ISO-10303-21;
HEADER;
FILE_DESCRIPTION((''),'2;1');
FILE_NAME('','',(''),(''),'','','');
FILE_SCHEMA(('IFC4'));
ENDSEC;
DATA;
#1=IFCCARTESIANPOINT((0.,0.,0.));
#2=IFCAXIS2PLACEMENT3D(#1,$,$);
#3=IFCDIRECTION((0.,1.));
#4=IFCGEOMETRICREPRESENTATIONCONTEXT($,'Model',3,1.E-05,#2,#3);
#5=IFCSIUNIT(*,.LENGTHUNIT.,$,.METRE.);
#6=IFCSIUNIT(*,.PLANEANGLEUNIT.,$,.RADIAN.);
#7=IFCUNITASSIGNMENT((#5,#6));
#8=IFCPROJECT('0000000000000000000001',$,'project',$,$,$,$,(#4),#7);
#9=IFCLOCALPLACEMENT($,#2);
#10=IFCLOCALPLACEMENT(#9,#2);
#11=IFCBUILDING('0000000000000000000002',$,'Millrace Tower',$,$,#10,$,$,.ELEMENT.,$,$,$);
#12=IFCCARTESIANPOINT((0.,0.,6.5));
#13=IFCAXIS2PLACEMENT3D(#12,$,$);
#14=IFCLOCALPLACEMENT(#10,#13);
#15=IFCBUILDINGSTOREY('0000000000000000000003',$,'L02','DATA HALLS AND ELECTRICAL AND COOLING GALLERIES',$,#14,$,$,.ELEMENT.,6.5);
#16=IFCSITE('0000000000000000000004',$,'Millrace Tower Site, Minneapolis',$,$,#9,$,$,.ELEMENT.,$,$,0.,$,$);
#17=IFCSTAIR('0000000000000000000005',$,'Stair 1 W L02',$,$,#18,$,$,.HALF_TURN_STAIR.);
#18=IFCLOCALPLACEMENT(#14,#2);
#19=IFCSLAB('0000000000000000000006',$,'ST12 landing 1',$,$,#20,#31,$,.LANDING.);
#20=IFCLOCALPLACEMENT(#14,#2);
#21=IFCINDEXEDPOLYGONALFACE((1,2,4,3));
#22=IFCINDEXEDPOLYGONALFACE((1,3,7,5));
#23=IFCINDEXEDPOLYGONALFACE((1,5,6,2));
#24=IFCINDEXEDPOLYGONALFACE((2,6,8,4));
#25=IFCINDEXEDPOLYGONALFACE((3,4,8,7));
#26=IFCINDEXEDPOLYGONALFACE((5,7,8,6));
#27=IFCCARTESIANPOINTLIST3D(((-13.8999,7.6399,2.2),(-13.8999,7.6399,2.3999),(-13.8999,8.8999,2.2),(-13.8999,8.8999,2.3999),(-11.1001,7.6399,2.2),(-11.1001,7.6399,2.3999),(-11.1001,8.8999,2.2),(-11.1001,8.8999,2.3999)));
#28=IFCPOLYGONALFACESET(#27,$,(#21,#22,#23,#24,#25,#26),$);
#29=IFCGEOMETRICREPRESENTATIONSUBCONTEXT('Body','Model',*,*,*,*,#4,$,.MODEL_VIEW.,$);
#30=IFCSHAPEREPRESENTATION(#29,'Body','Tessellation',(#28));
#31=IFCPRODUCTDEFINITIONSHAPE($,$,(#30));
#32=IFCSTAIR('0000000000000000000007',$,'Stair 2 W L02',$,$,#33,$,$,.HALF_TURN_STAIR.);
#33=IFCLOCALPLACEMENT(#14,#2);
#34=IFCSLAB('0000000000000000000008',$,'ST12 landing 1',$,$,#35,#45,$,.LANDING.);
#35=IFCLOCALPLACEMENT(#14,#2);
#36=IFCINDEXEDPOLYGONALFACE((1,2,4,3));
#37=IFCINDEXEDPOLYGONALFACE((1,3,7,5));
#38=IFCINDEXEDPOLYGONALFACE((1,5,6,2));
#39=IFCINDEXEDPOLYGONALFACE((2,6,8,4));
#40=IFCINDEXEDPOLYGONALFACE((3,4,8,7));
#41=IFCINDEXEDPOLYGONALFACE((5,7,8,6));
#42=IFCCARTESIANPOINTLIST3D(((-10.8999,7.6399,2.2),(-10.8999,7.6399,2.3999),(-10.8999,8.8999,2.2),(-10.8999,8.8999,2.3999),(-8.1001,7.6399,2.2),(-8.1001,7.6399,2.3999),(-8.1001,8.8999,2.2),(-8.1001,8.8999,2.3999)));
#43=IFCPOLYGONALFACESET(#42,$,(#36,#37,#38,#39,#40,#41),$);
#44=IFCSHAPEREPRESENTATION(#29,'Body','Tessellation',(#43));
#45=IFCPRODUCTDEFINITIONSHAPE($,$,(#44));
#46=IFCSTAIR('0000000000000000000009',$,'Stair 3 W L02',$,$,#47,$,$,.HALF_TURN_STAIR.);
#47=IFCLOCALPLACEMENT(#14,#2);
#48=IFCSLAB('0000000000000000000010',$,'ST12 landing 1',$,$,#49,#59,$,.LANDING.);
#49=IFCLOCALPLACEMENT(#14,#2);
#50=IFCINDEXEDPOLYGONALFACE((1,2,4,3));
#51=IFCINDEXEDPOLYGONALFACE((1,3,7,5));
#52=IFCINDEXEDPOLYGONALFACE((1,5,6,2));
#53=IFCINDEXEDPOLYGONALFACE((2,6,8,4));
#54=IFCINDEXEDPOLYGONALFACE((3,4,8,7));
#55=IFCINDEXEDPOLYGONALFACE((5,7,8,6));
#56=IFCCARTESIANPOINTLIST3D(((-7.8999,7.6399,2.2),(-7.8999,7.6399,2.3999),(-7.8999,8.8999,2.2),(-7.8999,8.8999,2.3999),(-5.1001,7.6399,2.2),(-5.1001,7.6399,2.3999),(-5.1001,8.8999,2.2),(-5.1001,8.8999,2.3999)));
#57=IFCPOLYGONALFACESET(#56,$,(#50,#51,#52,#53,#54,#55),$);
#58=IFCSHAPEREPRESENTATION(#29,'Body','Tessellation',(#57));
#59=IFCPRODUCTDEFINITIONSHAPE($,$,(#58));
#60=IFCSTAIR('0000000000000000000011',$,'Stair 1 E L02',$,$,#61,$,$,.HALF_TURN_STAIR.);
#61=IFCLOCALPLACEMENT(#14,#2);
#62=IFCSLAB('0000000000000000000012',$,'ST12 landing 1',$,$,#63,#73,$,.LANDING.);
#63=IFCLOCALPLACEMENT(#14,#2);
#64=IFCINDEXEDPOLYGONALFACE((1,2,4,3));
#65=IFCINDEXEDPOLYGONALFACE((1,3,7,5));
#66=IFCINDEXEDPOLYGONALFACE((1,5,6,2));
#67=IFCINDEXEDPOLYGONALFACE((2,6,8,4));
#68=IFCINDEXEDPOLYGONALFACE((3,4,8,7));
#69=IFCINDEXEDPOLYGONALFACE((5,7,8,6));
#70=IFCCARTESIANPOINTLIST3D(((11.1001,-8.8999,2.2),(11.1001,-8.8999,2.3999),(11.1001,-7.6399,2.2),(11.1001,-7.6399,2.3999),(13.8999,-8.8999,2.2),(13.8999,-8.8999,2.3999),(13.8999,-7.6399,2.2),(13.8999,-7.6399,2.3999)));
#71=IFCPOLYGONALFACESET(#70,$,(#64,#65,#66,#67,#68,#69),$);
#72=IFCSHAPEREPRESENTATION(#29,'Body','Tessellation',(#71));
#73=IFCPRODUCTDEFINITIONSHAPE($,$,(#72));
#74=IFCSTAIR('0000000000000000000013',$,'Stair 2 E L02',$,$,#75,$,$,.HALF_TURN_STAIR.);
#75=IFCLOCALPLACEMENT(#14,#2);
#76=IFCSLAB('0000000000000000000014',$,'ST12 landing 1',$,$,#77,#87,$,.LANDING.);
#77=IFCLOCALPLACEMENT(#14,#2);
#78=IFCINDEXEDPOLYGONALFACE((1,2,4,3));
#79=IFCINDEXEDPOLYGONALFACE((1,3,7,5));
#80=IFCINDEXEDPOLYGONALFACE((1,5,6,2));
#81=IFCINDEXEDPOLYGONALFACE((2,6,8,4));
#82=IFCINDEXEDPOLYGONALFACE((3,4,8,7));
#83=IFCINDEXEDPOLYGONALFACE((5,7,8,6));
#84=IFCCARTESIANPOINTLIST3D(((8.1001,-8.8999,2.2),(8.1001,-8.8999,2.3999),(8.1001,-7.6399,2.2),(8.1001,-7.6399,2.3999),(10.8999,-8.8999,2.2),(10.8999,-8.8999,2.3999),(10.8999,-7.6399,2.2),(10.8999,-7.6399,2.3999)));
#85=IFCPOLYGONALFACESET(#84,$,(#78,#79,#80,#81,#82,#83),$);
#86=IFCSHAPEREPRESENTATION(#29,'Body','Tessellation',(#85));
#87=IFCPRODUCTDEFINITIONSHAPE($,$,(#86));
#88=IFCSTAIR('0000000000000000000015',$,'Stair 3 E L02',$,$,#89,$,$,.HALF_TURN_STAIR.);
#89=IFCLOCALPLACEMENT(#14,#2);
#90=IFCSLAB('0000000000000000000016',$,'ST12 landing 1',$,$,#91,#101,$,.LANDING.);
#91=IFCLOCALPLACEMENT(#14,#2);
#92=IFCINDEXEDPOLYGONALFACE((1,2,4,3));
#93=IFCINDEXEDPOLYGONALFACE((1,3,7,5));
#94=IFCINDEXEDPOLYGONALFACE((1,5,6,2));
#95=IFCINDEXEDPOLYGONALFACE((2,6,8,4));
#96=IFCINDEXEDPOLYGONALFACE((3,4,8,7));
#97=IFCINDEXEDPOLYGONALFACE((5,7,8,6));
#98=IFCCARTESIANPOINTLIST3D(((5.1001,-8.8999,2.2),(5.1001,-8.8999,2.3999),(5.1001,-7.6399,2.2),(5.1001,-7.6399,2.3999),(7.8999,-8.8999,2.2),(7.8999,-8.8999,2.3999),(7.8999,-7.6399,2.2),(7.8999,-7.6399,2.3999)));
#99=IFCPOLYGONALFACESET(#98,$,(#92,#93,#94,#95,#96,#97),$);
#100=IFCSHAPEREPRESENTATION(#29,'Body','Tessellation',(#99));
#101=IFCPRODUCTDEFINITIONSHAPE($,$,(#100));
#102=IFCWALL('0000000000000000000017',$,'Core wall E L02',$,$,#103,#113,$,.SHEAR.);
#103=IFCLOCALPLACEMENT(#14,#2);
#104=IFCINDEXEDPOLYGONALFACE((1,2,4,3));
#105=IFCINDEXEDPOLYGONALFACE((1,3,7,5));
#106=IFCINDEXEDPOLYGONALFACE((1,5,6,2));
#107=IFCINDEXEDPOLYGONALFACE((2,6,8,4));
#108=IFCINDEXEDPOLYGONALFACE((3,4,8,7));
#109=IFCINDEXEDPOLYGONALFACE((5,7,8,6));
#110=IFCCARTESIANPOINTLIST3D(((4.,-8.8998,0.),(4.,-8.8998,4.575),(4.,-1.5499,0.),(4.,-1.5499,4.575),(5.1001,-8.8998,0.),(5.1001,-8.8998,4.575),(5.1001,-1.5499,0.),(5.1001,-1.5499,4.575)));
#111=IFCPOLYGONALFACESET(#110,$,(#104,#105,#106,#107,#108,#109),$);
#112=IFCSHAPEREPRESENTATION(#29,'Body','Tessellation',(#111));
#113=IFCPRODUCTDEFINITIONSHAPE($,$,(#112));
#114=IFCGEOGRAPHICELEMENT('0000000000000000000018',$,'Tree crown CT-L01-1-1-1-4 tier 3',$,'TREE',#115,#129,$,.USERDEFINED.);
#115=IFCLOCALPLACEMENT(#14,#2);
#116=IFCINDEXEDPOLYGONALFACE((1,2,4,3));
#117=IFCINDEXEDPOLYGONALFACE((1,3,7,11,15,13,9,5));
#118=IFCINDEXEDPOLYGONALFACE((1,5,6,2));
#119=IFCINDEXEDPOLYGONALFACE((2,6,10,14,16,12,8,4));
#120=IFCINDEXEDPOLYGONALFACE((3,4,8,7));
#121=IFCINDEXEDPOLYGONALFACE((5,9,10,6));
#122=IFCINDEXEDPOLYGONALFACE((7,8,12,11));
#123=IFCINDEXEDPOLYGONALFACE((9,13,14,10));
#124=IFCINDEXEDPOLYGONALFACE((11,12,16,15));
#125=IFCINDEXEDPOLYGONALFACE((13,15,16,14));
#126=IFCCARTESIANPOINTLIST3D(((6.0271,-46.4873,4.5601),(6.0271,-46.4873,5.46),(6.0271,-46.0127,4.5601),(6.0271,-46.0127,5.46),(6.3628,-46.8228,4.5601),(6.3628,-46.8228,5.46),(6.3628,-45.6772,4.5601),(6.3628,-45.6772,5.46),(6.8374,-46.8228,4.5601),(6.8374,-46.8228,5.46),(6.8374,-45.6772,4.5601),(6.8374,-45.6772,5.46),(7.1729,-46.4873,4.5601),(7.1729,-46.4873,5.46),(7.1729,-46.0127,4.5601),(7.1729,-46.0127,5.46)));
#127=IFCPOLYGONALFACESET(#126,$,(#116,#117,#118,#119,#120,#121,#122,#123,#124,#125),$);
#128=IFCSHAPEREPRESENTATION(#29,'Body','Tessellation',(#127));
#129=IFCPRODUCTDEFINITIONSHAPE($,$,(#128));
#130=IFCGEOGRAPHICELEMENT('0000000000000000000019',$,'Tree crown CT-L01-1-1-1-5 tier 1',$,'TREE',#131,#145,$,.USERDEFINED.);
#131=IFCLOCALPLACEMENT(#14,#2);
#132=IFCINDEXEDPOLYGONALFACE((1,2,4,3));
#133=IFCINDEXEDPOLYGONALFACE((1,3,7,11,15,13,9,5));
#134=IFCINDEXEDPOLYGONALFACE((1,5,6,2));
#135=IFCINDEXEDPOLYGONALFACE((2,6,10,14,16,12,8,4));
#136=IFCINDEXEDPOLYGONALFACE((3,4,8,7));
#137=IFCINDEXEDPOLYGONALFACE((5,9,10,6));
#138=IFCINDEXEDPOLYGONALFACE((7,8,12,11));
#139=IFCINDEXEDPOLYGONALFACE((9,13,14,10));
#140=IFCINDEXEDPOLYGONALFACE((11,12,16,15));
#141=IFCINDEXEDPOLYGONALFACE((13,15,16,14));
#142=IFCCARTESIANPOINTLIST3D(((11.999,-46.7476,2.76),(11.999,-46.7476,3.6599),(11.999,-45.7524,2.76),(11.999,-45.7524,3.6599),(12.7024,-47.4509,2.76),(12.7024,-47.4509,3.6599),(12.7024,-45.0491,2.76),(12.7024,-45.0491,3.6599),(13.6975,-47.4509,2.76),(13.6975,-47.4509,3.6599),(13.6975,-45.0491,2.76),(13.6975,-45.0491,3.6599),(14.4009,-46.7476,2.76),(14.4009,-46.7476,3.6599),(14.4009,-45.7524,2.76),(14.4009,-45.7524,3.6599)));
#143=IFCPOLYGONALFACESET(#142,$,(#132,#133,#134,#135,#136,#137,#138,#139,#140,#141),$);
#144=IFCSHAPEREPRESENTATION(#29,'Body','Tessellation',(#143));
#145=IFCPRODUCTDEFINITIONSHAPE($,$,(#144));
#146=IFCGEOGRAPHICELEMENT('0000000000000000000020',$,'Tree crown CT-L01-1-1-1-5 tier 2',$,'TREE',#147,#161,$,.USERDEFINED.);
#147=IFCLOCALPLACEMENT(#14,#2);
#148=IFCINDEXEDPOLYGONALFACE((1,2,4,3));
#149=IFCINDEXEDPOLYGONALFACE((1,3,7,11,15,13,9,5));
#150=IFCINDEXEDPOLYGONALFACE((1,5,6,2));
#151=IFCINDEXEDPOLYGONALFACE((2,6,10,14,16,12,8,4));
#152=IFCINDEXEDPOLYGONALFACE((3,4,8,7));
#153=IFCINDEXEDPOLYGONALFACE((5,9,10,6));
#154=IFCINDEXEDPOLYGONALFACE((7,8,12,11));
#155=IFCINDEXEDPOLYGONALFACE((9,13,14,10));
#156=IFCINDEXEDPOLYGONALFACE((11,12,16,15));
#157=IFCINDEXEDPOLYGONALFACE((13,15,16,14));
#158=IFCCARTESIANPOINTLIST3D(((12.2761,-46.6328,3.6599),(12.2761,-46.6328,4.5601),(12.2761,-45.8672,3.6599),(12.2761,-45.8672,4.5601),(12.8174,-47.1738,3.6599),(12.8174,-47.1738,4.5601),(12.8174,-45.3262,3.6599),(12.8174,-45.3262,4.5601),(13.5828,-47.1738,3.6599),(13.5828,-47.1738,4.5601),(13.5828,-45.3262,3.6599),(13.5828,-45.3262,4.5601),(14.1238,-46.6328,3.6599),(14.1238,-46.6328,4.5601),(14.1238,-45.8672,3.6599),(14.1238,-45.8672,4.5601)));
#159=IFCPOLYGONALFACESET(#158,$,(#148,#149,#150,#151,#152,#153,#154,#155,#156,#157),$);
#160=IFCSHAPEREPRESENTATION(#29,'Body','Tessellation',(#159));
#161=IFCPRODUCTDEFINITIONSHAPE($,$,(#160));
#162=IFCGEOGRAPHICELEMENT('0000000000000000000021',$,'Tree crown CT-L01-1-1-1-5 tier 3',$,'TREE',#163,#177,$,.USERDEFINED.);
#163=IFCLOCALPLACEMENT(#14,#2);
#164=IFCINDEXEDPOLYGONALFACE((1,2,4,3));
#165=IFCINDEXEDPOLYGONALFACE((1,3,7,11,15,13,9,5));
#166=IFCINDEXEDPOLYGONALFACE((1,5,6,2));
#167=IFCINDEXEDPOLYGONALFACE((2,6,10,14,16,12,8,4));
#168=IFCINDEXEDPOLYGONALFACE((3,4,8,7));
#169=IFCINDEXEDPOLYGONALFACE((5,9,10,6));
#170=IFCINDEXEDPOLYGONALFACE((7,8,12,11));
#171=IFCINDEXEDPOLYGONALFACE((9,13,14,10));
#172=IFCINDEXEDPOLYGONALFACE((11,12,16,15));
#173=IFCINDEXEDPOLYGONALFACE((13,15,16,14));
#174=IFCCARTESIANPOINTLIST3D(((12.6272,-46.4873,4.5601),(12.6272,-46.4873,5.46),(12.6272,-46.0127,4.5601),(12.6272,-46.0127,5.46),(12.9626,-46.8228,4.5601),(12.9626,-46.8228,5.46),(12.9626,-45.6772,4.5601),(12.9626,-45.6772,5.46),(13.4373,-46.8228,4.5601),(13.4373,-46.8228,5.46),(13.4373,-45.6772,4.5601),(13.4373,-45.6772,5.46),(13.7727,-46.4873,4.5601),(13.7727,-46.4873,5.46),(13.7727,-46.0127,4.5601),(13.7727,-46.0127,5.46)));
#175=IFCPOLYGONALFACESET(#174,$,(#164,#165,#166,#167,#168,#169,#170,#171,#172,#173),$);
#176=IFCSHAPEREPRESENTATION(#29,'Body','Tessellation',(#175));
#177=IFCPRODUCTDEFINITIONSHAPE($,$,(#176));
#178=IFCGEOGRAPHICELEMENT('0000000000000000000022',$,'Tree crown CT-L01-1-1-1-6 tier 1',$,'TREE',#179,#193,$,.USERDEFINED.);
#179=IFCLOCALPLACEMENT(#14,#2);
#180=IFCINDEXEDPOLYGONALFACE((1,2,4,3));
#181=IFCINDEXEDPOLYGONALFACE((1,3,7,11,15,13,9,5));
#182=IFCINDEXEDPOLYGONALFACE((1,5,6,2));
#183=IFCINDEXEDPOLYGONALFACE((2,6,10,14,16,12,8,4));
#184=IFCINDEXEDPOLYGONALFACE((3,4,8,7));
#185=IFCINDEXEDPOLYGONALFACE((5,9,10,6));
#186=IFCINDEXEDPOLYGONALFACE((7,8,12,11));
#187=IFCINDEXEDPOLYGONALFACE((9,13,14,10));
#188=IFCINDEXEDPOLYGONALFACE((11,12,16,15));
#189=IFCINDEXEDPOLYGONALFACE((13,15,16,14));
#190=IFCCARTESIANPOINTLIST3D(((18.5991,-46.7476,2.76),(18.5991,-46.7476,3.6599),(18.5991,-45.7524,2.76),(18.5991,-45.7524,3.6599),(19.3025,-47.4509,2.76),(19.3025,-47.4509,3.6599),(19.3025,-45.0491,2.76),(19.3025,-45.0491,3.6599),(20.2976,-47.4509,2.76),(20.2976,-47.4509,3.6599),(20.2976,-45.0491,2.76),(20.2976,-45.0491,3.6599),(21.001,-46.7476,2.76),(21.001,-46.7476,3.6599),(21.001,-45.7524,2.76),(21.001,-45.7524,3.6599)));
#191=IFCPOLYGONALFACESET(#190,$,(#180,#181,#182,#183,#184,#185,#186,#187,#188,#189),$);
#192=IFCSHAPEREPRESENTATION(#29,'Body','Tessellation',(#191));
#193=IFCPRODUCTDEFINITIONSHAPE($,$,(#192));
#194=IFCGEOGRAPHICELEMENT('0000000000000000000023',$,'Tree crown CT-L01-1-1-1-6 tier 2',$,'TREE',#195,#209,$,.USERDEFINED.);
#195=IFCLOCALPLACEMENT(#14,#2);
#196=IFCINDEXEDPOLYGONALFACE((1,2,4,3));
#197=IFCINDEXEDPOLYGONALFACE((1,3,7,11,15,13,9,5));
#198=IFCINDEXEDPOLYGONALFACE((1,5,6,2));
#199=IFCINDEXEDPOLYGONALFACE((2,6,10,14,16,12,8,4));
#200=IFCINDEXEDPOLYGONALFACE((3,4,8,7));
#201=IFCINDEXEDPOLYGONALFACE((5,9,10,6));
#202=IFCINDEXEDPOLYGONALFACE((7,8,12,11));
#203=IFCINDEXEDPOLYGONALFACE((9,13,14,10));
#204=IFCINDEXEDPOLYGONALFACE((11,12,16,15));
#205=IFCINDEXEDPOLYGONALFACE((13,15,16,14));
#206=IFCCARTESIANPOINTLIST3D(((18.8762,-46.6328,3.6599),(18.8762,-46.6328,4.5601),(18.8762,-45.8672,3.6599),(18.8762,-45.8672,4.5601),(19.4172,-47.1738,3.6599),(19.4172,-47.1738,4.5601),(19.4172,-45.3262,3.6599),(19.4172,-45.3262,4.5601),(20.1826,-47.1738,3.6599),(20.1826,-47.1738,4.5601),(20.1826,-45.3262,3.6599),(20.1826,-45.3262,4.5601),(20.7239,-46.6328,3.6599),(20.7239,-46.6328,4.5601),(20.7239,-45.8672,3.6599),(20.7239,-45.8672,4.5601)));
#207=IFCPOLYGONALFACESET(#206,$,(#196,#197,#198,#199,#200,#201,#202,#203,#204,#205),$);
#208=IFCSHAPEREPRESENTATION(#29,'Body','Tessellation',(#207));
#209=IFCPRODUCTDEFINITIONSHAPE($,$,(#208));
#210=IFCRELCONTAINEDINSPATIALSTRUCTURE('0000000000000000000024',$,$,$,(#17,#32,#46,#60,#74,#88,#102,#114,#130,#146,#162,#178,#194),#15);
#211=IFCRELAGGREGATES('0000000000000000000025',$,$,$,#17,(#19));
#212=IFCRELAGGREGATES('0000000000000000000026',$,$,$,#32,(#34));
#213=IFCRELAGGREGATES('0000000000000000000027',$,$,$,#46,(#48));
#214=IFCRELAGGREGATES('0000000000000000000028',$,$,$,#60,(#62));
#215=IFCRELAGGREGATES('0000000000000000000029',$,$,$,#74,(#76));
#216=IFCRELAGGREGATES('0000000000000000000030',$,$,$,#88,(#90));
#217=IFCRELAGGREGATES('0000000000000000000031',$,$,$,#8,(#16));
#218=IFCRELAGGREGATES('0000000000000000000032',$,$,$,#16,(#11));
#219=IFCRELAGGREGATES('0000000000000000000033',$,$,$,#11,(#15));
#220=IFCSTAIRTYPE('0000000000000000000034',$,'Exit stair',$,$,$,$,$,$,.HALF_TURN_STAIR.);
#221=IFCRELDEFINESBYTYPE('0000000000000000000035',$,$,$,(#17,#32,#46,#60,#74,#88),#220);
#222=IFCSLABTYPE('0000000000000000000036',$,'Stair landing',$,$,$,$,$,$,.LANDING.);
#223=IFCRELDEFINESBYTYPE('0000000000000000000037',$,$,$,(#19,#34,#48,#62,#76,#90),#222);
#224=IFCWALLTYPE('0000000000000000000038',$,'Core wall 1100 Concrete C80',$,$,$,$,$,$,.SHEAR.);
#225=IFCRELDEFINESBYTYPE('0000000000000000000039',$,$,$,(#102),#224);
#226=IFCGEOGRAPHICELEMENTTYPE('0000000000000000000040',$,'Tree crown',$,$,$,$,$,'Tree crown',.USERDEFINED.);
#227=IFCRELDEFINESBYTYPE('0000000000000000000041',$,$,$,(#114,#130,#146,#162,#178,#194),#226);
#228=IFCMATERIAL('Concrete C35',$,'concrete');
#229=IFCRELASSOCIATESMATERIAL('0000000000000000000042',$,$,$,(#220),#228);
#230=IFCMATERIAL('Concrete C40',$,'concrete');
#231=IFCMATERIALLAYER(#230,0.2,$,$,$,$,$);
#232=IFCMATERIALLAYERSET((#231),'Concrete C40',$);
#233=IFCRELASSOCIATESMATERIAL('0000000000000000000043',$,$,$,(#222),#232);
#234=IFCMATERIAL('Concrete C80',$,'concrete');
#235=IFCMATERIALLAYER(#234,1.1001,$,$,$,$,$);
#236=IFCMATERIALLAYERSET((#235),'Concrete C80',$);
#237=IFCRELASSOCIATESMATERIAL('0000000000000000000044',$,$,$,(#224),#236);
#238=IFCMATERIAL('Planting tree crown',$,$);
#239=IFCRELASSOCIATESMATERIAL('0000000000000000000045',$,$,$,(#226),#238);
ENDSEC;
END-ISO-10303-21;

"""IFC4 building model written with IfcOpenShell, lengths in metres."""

from ifc_helpers import new_model, si_unit, direction, frame, frame_2d, origin, place, context, subcontext, project, spatial, polyline, rectangle, outline, extrude, material, layer, layer_set, type_object, element, aggregate, save


model = new_model("IFC4")

# Units and contexts
model_context = context("Model", 3, precision=1e-05, world=origin(), true_north=direction((0.0, 1.0)))
body_context = subcontext(model_context, "Body", "Model", "MODEL_VIEW")
ifc_project = project(units=[si_unit("LENGTHUNIT", "METRE"), si_unit("PLANEANGLEUNIT", "RADIAN")], contexts=[model_context])

# Site, building, storey
site_placement = place(None, origin())
site = spatial("IfcSite", under=ifc_project, at=site_placement, Name="Millrace Tower Site, Minneapolis", CompositionType="ELEMENT", RefElevation=0.0)
building_placement = place(site_placement, origin())
building = spatial("IfcBuilding", under=site, at=building_placement, Name="Millrace Tower", CompositionType="ELEMENT")
storey_placement = place(building_placement, frame((0.0, 0.0, 6.5)))
storey = spatial("IfcBuildingStorey", under=building, at=storey_placement, Name="L02", Description="DATA HALLS AND ELECTRICAL AND COOLING GALLERIES", CompositionType="ELEMENT", Elevation=6.5)

# Stairs, slabs
ifc_material_1 = material(Name="Concrete C35", Category="concrete")
stair_type = type_object("IfcStairType", Name="Exit stair", PredefinedType="HALF_TURN_STAIR", material=ifc_material_1)
placement_1 = place(storey_placement, origin())
stair_1 = element("IfcStair", 1, at=placement_1, inside=storey, type_object=stair_type, Name="Stair 1 W L02", PredefinedType="HALF_TURN_STAIR")
ifc_material_2 = material(Name="Concrete C40", Category="concrete")
ifc_layer_1 = layer(ifc_material_2, 0.2)
ifc_layer_set_1 = layer_set([ifc_layer_1], Name="Concrete C40")
slab_type = type_object("IfcSlabType", Name="Stair landing", PredefinedType="LANDING", material=ifc_layer_set_1)
placement_2 = place(storey_placement, frame((0.0, 0.0, 2.2)))
slab_1 = element("IfcSlab", 2, at=placement_2, type_object=slab_type, Name="ST12 landing 1", PredefinedType="LANDING", context=body_context, shape_type="SweptSolid", body=[
    extrude(outline(polyline([(-13.8999, 7.6399), (-11.1001, 7.6399), (-11.1001, 8.8999), (-13.8999, 8.8999), (-13.8999, 7.6399)])), origin(), (0.0, 0.0, 1.0), 0.2),
])
aggregate(stair_1, [slab_1])
stair_2 = element("IfcStair", 3, at=placement_1, inside=storey, type_object=stair_type, Name="Stair 2 W L02", PredefinedType="HALF_TURN_STAIR")
slab_2 = element("IfcSlab", 4, at=placement_2, type_object=slab_type, Name="ST12 landing 1", PredefinedType="LANDING", context=body_context, shape_type="SweptSolid", body=[
    extrude(outline(polyline([(-10.8999, 7.6399), (-8.1001, 7.6399), (-8.1001, 8.8999), (-10.8999, 8.8999), (-10.8999, 7.6399)])), origin(), (0.0, 0.0, 1.0), 0.2),
])
aggregate(stair_2, [slab_2])
stair_3 = element("IfcStair", 5, at=placement_1, inside=storey, type_object=stair_type, Name="Stair 3 W L02", PredefinedType="HALF_TURN_STAIR")
slab_3 = element("IfcSlab", 6, at=placement_2, type_object=slab_type, Name="ST12 landing 1", PredefinedType="LANDING", context=body_context, shape_type="SweptSolid", body=[
    extrude(outline(polyline([(-7.8999, 7.6399), (-5.1001, 7.6399), (-5.1001, 8.8999), (-7.8999, 8.8999), (-7.8999, 7.6399)])), origin(), (0.0, 0.0, 1.0), 0.2),
])
aggregate(stair_3, [slab_3])
stair_4 = element("IfcStair", 7, at=placement_1, inside=storey, type_object=stair_type, Name="Stair 1 E L02", PredefinedType="HALF_TURN_STAIR")
slab_4 = element("IfcSlab", 8, at=placement_2, type_object=slab_type, Name="ST12 landing 1", PredefinedType="LANDING", context=body_context, shape_type="SweptSolid", body=[
    extrude(outline(polyline([(11.1001, -8.8999), (13.8999, -8.8999), (13.8999, -7.6399), (11.1001, -7.6399), (11.1001, -8.8999)])), origin(), (0.0, 0.0, 1.0), 0.2),
])
aggregate(stair_4, [slab_4])
stair_5 = element("IfcStair", 9, at=placement_1, inside=storey, type_object=stair_type, Name="Stair 2 E L02", PredefinedType="HALF_TURN_STAIR")
slab_5 = element("IfcSlab", 10, at=placement_2, type_object=slab_type, Name="ST12 landing 1", PredefinedType="LANDING", context=body_context, shape_type="SweptSolid", body=[
    extrude(outline(polyline([(8.1001, -8.8999), (10.8999, -8.8999), (10.8999, -7.6399), (8.1001, -7.6399), (8.1001, -8.8999)])), origin(), (0.0, 0.0, 1.0), 0.2),
])
aggregate(stair_5, [slab_5])
stair_6 = element("IfcStair", 11, at=placement_1, inside=storey, type_object=stair_type, Name="Stair 3 E L02", PredefinedType="HALF_TURN_STAIR")
slab_6 = element("IfcSlab", 12, at=placement_2, type_object=slab_type, Name="ST12 landing 1", PredefinedType="LANDING", context=body_context, shape_type="SweptSolid", body=[
    extrude(outline(polyline([(5.1001, -8.8999), (7.8999, -8.8999), (7.8999, -7.6399), (5.1001, -7.6399), (5.1001, -8.8999)])), origin(), (0.0, 0.0, 1.0), 0.2),
])
aggregate(stair_6, [slab_6])

# Wall
ifc_material_3 = material(Name="Concrete C80", Category="concrete")
ifc_layer_2 = layer(ifc_material_3, 1.1001)
ifc_layer_set_2 = layer_set([ifc_layer_2], Name="Concrete C80")
wall_type = type_object("IfcWallType", Name="Core wall 1100 Concrete C80", PredefinedType="SHEAR", material=ifc_layer_set_2)
wall_placement = place(storey_placement, frame((4.55, -1.55, 0.0), z_axis=(0.0, 0.0, 1.0), x_axis=(0.0, -1.0, 0.0)))
element("IfcWall", 13, at=wall_placement, inside=storey, type_object=wall_type, Name="Core wall E L02", PredefinedType="SHEAR", context=body_context, shape_type="SweptSolid", body=[
    extrude(rectangle(XDim=7.3499, YDim=1.1001, at=frame_2d((3.6748, 0.0))), origin(), (0.0, 0.0, 1.0), 4.575),
])

# Geographic elements
ifc_material_4 = material(Name="Planting tree crown")
geographic_element_type = type_object("IfcGeographicElementType", Name="Tree crown", ElementType="Tree crown", PredefinedType="USERDEFINED", material=ifc_material_4)
placement_3 = place(storey_placement, frame((0.0, 0.0, 4.5601)))
element("IfcGeographicElement", 14, at=placement_3, inside=storey, type_object=geographic_element_type, Name="Tree crown CT-L01-1-1-1-4 tier 3", ObjectType="TREE", PredefinedType="USERDEFINED", context=body_context, shape_type="SweptSolid", body=[
    extrude(outline(polyline([(7.1729, -46.0127), (6.8374, -45.6772), (6.3628, -45.6772), (6.0271, -46.0127), (6.0271, -46.4873), (6.3628, -46.8228), (6.8374, -46.8228), (7.1729, -46.4873), (7.1729, -46.0127)])), origin(), (0.0, 0.0, 1.0), 0.8999),
])
placement_4 = place(storey_placement, frame((0.0, 0.0, 2.76)))
element("IfcGeographicElement", 15, at=placement_4, inside=storey, type_object=geographic_element_type, Name="Tree crown CT-L01-1-1-1-5 tier 1", ObjectType="TREE", PredefinedType="USERDEFINED", context=body_context, shape_type="SweptSolid", body=[
    extrude(outline(polyline([(14.4009, -45.7524), (13.6975, -45.0491), (12.7024, -45.0491), (11.999, -45.7524), (11.999, -46.7476), (12.7024, -47.4509), (13.6975, -47.4509), (14.4009, -46.7476), (14.4009, -45.7524)])), origin(), (0.0, 0.0, 1.0), 0.8999),
])
placement_5 = place(storey_placement, frame((0.0, 0.0, 3.6599)))
element("IfcGeographicElement", 16, at=placement_5, inside=storey, type_object=geographic_element_type, Name="Tree crown CT-L01-1-1-1-5 tier 2", ObjectType="TREE", PredefinedType="USERDEFINED", context=body_context, shape_type="SweptSolid", body=[
    extrude(outline(polyline([(14.1238, -45.8672), (13.5828, -45.3262), (12.8174, -45.3262), (12.2761, -45.8672), (12.2761, -46.6328), (12.8174, -47.1738), (13.5828, -47.1738), (14.1238, -46.6328), (14.1238, -45.8672)])), origin(), (0.0, 0.0, 1.0), 0.9001),
])
element("IfcGeographicElement", 17, at=placement_3, inside=storey, type_object=geographic_element_type, Name="Tree crown CT-L01-1-1-1-5 tier 3", ObjectType="TREE", PredefinedType="USERDEFINED", context=body_context, shape_type="SweptSolid", body=[
    extrude(outline(polyline([(13.7727, -46.0127), (13.4373, -45.6772), (12.9626, -45.6772), (12.6272, -46.0127), (12.6272, -46.4873), (12.9626, -46.8228), (13.4373, -46.8228), (13.7727, -46.4873), (13.7727, -46.0127)])), origin(), (0.0, 0.0, 1.0), 0.8999),
])
element("IfcGeographicElement", 18, at=placement_4, inside=storey, type_object=geographic_element_type, Name="Tree crown CT-L01-1-1-1-6 tier 1", ObjectType="TREE", PredefinedType="USERDEFINED", context=body_context, shape_type="SweptSolid", body=[
    extrude(outline(polyline([(21.001, -45.7524), (20.2976, -45.0491), (19.3025, -45.0491), (18.5991, -45.7524), (18.5991, -46.7476), (19.3025, -47.4509), (20.2976, -47.4509), (21.001, -46.7476), (21.001, -45.7524)])), origin(), (0.0, 0.0, 1.0), 0.8999),
])
element("IfcGeographicElement", 19, at=placement_5, inside=storey, type_object=geographic_element_type, Name="Tree crown CT-L01-1-1-1-6 tier 2", ObjectType="TREE", PredefinedType="USERDEFINED", context=body_context, shape_type="SweptSolid", body=[
    extrude(outline(polyline([(20.7239, -45.8672), (20.1826, -45.3262), (19.4172, -45.3262), (18.8762, -45.8672), (18.8762, -46.6328), (19.4172, -47.1738), (20.1826, -47.1738), (20.7239, -46.6328), (20.7239, -45.8672)])), origin(), (0.0, 0.0, 1.0), 0.9001),
])

save(model, "model.ifc")
